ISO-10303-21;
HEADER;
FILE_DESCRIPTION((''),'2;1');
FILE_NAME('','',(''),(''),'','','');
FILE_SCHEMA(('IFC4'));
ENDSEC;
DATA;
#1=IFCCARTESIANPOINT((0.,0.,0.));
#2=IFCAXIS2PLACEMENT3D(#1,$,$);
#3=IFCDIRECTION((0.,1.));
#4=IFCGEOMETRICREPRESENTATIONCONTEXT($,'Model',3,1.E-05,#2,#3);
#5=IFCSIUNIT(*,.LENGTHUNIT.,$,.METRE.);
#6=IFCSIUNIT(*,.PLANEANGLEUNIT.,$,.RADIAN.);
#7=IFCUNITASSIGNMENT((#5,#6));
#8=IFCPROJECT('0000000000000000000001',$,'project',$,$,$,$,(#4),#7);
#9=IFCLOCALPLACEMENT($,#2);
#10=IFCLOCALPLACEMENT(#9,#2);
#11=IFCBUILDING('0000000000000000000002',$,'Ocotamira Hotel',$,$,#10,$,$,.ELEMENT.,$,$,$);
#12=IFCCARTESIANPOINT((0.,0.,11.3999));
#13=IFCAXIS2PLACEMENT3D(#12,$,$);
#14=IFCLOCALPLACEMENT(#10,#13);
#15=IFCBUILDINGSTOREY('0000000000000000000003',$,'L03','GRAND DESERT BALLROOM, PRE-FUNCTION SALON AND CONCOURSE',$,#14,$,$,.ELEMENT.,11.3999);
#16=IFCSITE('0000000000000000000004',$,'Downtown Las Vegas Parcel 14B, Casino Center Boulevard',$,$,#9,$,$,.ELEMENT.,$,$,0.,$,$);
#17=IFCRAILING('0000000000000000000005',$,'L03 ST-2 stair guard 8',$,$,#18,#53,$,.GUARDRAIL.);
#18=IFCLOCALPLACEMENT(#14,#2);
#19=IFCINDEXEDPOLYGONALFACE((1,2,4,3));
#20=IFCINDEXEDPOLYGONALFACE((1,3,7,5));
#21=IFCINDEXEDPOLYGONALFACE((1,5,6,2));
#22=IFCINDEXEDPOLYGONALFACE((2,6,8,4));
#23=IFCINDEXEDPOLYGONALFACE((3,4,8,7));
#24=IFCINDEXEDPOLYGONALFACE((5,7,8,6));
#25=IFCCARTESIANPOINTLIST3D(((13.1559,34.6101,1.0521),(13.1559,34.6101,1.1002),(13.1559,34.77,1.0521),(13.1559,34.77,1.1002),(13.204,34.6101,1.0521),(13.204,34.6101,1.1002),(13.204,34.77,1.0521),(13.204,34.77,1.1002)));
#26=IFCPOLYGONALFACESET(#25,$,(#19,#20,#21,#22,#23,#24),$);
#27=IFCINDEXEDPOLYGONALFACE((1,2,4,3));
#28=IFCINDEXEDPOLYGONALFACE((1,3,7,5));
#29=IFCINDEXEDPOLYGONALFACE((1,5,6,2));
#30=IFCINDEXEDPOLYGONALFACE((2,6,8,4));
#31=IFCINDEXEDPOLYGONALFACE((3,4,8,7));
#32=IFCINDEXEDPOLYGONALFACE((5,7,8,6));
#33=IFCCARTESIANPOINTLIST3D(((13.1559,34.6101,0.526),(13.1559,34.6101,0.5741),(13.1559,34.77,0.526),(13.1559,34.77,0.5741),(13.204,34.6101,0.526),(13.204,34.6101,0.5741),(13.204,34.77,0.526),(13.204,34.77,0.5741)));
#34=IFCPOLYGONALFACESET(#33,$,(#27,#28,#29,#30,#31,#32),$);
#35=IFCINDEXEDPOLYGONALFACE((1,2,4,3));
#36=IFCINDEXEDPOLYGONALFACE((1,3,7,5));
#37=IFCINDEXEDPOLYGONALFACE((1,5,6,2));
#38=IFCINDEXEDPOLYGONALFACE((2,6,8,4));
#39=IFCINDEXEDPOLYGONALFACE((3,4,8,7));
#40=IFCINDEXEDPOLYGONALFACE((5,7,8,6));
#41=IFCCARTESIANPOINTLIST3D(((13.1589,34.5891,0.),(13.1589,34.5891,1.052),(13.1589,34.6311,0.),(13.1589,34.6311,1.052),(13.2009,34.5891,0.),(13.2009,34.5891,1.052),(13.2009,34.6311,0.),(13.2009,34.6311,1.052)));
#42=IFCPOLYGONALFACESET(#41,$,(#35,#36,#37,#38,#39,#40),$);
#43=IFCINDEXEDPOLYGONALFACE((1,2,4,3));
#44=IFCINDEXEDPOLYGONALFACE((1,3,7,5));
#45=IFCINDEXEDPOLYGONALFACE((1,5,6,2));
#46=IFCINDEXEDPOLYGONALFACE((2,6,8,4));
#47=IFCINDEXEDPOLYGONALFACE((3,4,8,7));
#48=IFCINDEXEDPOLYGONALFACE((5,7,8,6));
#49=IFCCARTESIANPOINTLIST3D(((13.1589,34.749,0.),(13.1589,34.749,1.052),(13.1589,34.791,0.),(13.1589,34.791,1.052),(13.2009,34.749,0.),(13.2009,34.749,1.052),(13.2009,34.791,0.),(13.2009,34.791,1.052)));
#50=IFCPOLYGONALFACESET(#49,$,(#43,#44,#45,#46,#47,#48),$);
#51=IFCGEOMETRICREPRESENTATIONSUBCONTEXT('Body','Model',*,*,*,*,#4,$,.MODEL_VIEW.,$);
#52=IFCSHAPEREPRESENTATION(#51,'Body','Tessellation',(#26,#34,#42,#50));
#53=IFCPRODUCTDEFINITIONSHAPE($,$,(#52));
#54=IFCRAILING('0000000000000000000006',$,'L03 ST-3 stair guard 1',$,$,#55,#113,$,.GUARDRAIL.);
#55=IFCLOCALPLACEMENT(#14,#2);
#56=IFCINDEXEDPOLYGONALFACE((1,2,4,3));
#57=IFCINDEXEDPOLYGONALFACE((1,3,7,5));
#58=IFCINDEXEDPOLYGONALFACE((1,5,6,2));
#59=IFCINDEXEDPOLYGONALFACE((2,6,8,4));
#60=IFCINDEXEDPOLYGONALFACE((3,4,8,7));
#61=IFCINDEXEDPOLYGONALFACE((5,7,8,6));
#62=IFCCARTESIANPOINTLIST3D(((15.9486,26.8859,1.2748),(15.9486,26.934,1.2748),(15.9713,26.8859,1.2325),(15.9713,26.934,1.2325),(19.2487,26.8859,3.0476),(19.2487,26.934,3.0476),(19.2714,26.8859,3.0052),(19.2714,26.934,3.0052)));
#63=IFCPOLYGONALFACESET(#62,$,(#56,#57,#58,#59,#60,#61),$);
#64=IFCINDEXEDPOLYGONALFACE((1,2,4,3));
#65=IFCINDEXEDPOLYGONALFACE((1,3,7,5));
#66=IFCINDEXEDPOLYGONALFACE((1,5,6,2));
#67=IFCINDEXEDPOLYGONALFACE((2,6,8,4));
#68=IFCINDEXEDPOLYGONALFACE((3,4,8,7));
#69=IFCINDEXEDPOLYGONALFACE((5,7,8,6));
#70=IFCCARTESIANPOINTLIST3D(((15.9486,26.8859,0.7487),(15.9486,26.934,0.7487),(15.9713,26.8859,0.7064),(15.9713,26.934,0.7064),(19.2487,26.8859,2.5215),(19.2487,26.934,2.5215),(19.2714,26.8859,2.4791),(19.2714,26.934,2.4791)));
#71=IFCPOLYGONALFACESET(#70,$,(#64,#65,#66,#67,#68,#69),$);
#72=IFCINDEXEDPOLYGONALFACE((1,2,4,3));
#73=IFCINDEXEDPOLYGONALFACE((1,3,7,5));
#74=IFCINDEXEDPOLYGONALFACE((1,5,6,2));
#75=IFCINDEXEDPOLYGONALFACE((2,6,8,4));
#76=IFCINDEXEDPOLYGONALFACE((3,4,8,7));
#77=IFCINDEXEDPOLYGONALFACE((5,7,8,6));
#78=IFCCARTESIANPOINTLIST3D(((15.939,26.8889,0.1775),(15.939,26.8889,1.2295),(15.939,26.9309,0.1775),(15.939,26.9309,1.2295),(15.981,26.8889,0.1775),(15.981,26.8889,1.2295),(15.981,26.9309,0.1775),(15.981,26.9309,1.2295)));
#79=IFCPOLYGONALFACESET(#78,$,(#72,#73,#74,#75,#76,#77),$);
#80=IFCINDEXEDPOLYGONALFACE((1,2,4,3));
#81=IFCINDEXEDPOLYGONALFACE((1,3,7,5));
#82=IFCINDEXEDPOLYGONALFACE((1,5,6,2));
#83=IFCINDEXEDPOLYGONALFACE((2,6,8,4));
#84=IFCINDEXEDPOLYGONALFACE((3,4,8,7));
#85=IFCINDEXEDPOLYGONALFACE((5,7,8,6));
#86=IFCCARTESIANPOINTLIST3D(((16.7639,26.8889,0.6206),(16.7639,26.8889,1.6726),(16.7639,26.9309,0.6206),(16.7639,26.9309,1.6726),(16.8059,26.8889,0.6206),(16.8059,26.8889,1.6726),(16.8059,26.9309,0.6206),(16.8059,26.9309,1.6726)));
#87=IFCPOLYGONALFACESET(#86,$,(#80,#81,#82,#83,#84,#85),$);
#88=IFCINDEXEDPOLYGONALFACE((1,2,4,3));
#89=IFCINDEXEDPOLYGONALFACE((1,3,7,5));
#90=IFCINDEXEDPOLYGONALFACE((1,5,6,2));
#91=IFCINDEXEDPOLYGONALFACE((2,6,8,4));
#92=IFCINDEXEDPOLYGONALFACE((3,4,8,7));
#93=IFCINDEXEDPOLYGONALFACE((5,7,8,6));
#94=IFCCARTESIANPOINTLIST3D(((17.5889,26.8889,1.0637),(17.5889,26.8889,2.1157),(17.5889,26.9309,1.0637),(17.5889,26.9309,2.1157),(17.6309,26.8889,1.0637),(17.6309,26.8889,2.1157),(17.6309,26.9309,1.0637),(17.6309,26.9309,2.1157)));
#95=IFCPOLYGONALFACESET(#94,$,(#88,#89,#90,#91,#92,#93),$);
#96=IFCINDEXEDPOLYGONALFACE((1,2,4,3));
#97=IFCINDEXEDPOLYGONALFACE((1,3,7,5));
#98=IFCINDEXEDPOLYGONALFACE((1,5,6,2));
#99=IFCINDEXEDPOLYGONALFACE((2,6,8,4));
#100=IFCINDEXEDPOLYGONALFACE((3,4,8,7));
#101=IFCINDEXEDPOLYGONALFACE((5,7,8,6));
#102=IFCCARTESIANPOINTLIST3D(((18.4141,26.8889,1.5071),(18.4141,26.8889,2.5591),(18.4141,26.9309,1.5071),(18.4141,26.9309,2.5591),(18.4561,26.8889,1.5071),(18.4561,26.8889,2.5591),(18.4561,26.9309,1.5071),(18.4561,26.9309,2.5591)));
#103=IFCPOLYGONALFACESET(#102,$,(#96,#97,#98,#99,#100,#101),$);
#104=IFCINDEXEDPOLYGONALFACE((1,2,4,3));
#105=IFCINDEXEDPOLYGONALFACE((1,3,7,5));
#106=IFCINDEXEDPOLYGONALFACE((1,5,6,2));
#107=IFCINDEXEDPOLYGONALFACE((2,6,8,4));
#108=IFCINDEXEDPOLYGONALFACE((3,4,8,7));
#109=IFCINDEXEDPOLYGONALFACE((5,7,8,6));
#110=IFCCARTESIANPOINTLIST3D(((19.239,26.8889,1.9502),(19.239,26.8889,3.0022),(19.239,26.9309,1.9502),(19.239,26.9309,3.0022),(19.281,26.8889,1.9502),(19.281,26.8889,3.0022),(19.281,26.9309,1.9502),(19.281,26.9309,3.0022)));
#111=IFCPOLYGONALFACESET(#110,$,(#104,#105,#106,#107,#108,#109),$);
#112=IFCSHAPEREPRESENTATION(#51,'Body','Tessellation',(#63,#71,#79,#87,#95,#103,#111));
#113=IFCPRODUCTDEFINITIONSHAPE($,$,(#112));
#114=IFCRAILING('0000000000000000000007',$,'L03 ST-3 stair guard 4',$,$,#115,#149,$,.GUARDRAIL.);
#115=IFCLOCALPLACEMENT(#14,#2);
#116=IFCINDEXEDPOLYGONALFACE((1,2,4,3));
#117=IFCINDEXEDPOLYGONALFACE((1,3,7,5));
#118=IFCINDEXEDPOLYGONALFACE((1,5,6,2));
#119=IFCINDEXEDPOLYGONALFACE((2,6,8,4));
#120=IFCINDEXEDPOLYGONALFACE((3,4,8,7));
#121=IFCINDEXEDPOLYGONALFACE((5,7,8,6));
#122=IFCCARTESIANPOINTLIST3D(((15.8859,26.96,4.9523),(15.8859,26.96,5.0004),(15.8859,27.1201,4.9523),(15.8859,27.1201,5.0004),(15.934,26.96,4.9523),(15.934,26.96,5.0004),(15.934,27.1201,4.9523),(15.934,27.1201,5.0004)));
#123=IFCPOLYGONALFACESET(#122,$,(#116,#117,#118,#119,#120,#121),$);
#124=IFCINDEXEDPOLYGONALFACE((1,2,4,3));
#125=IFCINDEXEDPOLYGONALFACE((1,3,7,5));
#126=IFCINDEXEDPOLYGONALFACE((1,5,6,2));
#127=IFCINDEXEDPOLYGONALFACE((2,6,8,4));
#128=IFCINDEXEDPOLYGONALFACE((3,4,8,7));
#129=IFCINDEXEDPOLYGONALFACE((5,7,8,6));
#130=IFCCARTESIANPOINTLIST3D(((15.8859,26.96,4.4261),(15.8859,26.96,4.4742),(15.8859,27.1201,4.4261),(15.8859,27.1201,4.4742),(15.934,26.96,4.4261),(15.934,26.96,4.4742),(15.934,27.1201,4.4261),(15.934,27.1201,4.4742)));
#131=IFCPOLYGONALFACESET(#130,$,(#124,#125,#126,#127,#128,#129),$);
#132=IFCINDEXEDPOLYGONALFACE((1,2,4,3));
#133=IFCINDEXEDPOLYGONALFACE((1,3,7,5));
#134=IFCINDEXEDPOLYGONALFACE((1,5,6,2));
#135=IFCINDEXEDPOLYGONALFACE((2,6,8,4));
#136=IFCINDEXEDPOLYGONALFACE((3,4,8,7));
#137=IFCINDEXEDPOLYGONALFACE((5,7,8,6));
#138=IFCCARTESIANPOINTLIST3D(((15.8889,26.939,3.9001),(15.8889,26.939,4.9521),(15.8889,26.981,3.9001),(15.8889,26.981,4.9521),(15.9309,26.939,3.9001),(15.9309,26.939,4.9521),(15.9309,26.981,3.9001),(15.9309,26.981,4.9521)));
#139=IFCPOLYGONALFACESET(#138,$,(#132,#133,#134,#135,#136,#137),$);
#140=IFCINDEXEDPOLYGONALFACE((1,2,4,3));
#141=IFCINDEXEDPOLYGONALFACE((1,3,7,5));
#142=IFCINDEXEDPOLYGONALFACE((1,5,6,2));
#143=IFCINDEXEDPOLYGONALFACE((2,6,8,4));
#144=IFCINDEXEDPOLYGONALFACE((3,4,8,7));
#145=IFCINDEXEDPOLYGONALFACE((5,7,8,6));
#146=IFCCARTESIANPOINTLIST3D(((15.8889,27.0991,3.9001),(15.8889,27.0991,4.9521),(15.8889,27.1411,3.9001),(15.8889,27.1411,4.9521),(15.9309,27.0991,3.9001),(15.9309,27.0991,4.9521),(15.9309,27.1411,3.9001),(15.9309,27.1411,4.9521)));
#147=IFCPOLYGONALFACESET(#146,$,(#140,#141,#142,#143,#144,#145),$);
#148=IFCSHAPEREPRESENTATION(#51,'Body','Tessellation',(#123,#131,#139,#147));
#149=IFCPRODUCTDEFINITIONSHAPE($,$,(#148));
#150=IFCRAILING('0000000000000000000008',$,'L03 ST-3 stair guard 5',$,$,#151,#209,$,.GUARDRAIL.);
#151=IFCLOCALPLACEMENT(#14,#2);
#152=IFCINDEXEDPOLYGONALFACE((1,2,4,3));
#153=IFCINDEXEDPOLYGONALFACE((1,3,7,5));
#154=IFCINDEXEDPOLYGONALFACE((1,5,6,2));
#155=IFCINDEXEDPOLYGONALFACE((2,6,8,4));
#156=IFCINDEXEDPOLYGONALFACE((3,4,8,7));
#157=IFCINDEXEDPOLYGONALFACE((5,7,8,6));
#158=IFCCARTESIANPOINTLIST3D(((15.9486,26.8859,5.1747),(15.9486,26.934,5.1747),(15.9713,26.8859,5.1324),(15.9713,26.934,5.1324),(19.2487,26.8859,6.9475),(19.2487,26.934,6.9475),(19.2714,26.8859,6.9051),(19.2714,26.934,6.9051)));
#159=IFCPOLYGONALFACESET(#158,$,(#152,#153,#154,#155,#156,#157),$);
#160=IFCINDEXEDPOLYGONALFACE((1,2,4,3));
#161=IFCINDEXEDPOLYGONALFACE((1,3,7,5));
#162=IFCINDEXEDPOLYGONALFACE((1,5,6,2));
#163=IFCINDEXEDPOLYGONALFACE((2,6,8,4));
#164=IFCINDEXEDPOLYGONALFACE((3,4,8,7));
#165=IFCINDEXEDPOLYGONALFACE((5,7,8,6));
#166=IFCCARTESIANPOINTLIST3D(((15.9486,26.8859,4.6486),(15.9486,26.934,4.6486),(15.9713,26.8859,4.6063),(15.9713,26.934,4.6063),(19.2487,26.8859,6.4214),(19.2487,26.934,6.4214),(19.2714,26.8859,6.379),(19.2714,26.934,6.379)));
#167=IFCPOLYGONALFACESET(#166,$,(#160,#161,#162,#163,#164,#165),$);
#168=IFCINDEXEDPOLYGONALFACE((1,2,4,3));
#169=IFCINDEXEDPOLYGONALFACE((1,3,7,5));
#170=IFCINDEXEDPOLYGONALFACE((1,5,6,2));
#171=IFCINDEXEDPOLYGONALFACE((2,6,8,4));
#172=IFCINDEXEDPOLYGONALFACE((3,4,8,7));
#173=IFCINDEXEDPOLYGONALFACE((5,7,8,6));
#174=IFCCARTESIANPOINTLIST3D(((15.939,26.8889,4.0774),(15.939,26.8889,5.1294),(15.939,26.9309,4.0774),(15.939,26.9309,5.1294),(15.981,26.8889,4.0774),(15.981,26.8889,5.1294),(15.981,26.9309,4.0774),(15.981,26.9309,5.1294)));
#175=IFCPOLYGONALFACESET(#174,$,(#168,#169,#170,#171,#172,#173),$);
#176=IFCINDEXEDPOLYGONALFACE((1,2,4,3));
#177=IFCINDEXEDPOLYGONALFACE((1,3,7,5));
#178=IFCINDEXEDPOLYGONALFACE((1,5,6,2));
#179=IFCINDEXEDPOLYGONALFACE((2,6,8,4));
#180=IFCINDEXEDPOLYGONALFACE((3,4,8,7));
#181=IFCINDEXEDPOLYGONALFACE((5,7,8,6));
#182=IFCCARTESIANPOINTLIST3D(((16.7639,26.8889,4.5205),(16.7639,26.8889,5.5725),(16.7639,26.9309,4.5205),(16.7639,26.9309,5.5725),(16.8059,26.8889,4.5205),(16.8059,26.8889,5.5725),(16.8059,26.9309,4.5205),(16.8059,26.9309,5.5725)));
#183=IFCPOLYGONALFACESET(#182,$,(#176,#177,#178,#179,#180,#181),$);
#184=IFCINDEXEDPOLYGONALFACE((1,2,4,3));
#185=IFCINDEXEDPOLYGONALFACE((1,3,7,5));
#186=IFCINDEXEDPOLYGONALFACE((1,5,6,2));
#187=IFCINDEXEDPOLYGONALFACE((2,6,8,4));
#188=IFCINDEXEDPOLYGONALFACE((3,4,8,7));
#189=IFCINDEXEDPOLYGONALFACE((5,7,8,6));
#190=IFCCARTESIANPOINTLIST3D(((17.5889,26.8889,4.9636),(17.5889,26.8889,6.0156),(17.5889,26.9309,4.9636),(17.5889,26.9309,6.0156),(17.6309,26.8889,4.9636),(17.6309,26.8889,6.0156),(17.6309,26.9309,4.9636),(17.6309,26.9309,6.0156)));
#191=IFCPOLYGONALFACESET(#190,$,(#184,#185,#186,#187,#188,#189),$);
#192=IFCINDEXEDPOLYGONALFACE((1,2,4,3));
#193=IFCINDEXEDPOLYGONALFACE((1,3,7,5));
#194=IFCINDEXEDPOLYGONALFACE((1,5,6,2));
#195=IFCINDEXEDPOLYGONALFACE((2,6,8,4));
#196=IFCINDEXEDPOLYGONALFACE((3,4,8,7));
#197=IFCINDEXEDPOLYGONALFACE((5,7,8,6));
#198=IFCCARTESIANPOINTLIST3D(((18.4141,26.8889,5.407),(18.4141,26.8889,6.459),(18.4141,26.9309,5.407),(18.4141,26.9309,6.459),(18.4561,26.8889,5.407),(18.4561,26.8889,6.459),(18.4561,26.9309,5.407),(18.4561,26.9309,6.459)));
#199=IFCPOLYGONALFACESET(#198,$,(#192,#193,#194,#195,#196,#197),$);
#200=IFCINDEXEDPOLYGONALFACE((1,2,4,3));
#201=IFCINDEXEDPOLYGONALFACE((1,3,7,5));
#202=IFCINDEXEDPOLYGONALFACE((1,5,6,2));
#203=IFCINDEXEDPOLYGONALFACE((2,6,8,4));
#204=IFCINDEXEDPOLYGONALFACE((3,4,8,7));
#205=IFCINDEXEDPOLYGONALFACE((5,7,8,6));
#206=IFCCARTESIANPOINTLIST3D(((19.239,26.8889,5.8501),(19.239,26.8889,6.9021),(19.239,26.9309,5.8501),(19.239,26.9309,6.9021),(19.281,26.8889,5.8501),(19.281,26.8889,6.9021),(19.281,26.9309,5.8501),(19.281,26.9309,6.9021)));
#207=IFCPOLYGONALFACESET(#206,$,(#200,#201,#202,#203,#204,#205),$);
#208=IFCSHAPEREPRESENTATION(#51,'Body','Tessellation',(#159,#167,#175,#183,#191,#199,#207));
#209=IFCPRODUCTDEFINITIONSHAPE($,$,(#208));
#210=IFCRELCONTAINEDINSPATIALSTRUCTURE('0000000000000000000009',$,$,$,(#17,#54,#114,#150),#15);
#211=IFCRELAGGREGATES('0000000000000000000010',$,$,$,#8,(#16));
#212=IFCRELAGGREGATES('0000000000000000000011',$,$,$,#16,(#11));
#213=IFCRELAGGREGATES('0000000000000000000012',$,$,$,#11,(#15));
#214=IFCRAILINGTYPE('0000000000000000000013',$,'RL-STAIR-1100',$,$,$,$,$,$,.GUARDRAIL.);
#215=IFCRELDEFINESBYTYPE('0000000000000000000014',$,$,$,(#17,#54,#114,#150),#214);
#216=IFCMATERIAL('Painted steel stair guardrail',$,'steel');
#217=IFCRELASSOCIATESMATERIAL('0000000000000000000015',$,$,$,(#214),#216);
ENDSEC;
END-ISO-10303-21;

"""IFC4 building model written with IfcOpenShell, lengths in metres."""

from ifc_helpers import new_model, si_unit, direction, frame, origin, origin_2d, place, context, subcontext, project, spatial, rectangle, extrude, material, type_object, element, save


model = new_model("IFC4")

# Units and contexts
model_context = context("Model", 3, precision=1e-05, world=origin(), true_north=direction((0.0, 1.0)))
body_context = subcontext(model_context, "Body", "Model", "MODEL_VIEW")
ifc_project = project(units=[si_unit("LENGTHUNIT", "METRE"), si_unit("PLANEANGLEUNIT", "RADIAN")], contexts=[model_context])

# Site, building, storey
site_placement = place(None, origin())
site = spatial("IfcSite", under=ifc_project, at=site_placement, Name="Downtown Las Vegas Parcel 14B, Casino Center Boulevard", CompositionType="ELEMENT", RefElevation=0.0)
building_placement = place(site_placement, origin())
building = spatial("IfcBuilding", under=site, at=building_placement, Name="Ocotamira Hotel", CompositionType="ELEMENT")
storey_placement = place(building_placement, frame((0.0, 0.0, 11.3999)))
storey = spatial("IfcBuildingStorey", under=building, at=storey_placement, Name="L03", Description="GRAND DESERT BALLROOM, PRE-FUNCTION SALON AND CONCOURSE", CompositionType="ELEMENT", Elevation=11.3999)

# Railings
ifc_material_1 = material(Name="Painted steel stair guardrail", Category="steel")
railing_type_1 = type_object("IfcRailingType", Name="RL-STAIR-1100", PredefinedType="GUARDRAIL", material=ifc_material_1)
railing_1_placement = place(storey_placement, frame((13.1799, 34.6101, 0.0)))
element("IfcRailing", 1, at=railing_1_placement, inside=storey, type_object=railing_type_1, Name="L03 ST-2 stair guard 8", PredefinedType="GUARDRAIL", context=body_context, shape_type="SweptSolid", body=[
    extrude(rectangle(XDim=0.0481, YDim=0.0481, at=origin_2d()), frame((0.0, 0.0, 1.0762), z_axis=(0.0, 1.0, 0.0), x_axis=(-1.0, 0.0, 0.0)), (0.0, 0.0, 1.0), 0.1599),
    extrude(rectangle(XDim=0.0481, YDim=0.0481, at=origin_2d()), frame((0.0, 0.0, 0.55), z_axis=(0.0, 1.0, 0.0), x_axis=(-1.0, 0.0, 0.0)), (0.0, 0.0, 1.0), 0.1599),
    extrude(rectangle(XDim=0.042, YDim=0.042, at=origin_2d()), origin(), (0.0, 0.0, 1.0), 1.052),
    extrude(rectangle(XDim=0.042, YDim=0.042, at=origin_2d()), frame((0.0, 0.1599, 0.0)), (0.0, 0.0, 1.0), 1.052),
])
railing_2_placement = place(storey_placement, frame((15.96, 26.9099, 0.1775)))
element("IfcRailing", 2, at=railing_2_placement, inside=storey, type_object=railing_type_1, Name="L03 ST-3 stair guard 1", PredefinedType="GUARDRAIL", context=body_context, shape_type="SweptSolid", body=[
    extrude(rectangle(XDim=0.0481, YDim=0.0481, at=origin_2d()), frame((0.0, 0.0, 1.0762), z_axis=(0.880944, 0.0, 0.473221), x_axis=(0.0, 1.0, 0.0)), (0.0, 0.0, 1.0), 3.7461),
    extrude(rectangle(XDim=0.0481, YDim=0.0481, at=origin_2d()), frame((0.0, 0.0, 0.55), z_axis=(0.880944, 0.0, 0.473221), x_axis=(0.0, 1.0, 0.0)), (0.0, 0.0, 1.0), 3.7461),
    extrude(rectangle(XDim=0.042, YDim=0.042, at=origin_2d()), origin(), (0.0, 0.0, 1.0), 1.052),
    extrude(rectangle(XDim=0.042, YDim=0.042, at=origin_2d()), frame((0.825, 0.0, 0.4431)), (0.0, 0.0, 1.0), 1.052),
    extrude(rectangle(XDim=0.042, YDim=0.042, at=origin_2d()), frame((1.6499, 0.0, 0.8862)), (0.0, 0.0, 1.0), 1.052),
    extrude(rectangle(XDim=0.042, YDim=0.042, at=origin_2d()), frame((2.4751, 0.0, 1.3296)), (0.0, 0.0, 1.0), 1.052),
    extrude(rectangle(XDim=0.042, YDim=0.042, at=origin_2d()), frame((3.3, 0.0, 1.7727)), (0.0, 0.0, 1.0), 1.052),
])
railing_3_placement = place(storey_placement, frame((15.9099, 26.96, 3.9001)))
element("IfcRailing", 3, at=railing_3_placement, inside=storey, type_object=railing_type_1, Name="L03 ST-3 stair guard 4", PredefinedType="GUARDRAIL", context=body_context, shape_type="SweptSolid", body=[
    extrude(rectangle(XDim=0.0481, YDim=0.0481, at=origin_2d()), frame((0.0, 0.0, 1.0762), z_axis=(0.0, 1.0, 0.0), x_axis=(-1.0, 0.0, 0.0)), (0.0, 0.0, 1.0), 0.1602),
    extrude(rectangle(XDim=0.0481, YDim=0.0481, at=origin_2d()), frame((0.0, 0.0, 0.55), z_axis=(0.0, 1.0, 0.0), x_axis=(-1.0, 0.0, 0.0)), (0.0, 0.0, 1.0), 0.1602),
    extrude(rectangle(XDim=0.042, YDim=0.042, at=origin_2d()), origin(), (0.0, 0.0, 1.0), 1.052),
    extrude(rectangle(XDim=0.042, YDim=0.042, at=origin_2d()), frame((0.0, 0.1602, 0.0)), (0.0, 0.0, 1.0), 1.052),
])
railing_4_placement = place(storey_placement, frame((15.96, 26.9099, 4.0774)))
element("IfcRailing", 4, at=railing_4_placement, inside=storey, type_object=railing_type_1, Name="L03 ST-3 stair guard 5", PredefinedType="GUARDRAIL", context=body_context, shape_type="SweptSolid", body=[
    extrude(rectangle(XDim=0.0481, YDim=0.0481, at=origin_2d()), frame((0.0, 0.0, 1.0762), z_axis=(0.880944, 0.0, 0.473221), x_axis=(0.0, 1.0, 0.0)), (0.0, 0.0, 1.0), 3.7461),
    extrude(rectangle(XDim=0.0481, YDim=0.0481, at=origin_2d()), frame((0.0, 0.0, 0.55), z_axis=(0.880944, 0.0, 0.473221), x_axis=(0.0, 1.0, 0.0)), (0.0, 0.0, 1.0), 3.7461),
    extrude(rectangle(XDim=0.042, YDim=0.042, at=origin_2d()), origin(), (0.0, 0.0, 1.0), 1.052),
    extrude(rectangle(XDim=0.042, YDim=0.042, at=origin_2d()), frame((0.825, 0.0, 0.4431)), (0.0, 0.0, 1.0), 1.052),
    extrude(rectangle(XDim=0.042, YDim=0.042, at=origin_2d()), frame((1.6499, 0.0, 0.8862)), (0.0, 0.0, 1.0), 1.052),
    extrude(rectangle(XDim=0.042, YDim=0.042, at=origin_2d()), frame((2.4751, 0.0, 1.3296)), (0.0, 0.0, 1.0), 1.052),
    extrude(rectangle(XDim=0.042, YDim=0.042, at=origin_2d()), frame((3.3, 0.0, 1.7727)), (0.0, 0.0, 1.0), 1.052),
])

save(model, "model.ifc")
